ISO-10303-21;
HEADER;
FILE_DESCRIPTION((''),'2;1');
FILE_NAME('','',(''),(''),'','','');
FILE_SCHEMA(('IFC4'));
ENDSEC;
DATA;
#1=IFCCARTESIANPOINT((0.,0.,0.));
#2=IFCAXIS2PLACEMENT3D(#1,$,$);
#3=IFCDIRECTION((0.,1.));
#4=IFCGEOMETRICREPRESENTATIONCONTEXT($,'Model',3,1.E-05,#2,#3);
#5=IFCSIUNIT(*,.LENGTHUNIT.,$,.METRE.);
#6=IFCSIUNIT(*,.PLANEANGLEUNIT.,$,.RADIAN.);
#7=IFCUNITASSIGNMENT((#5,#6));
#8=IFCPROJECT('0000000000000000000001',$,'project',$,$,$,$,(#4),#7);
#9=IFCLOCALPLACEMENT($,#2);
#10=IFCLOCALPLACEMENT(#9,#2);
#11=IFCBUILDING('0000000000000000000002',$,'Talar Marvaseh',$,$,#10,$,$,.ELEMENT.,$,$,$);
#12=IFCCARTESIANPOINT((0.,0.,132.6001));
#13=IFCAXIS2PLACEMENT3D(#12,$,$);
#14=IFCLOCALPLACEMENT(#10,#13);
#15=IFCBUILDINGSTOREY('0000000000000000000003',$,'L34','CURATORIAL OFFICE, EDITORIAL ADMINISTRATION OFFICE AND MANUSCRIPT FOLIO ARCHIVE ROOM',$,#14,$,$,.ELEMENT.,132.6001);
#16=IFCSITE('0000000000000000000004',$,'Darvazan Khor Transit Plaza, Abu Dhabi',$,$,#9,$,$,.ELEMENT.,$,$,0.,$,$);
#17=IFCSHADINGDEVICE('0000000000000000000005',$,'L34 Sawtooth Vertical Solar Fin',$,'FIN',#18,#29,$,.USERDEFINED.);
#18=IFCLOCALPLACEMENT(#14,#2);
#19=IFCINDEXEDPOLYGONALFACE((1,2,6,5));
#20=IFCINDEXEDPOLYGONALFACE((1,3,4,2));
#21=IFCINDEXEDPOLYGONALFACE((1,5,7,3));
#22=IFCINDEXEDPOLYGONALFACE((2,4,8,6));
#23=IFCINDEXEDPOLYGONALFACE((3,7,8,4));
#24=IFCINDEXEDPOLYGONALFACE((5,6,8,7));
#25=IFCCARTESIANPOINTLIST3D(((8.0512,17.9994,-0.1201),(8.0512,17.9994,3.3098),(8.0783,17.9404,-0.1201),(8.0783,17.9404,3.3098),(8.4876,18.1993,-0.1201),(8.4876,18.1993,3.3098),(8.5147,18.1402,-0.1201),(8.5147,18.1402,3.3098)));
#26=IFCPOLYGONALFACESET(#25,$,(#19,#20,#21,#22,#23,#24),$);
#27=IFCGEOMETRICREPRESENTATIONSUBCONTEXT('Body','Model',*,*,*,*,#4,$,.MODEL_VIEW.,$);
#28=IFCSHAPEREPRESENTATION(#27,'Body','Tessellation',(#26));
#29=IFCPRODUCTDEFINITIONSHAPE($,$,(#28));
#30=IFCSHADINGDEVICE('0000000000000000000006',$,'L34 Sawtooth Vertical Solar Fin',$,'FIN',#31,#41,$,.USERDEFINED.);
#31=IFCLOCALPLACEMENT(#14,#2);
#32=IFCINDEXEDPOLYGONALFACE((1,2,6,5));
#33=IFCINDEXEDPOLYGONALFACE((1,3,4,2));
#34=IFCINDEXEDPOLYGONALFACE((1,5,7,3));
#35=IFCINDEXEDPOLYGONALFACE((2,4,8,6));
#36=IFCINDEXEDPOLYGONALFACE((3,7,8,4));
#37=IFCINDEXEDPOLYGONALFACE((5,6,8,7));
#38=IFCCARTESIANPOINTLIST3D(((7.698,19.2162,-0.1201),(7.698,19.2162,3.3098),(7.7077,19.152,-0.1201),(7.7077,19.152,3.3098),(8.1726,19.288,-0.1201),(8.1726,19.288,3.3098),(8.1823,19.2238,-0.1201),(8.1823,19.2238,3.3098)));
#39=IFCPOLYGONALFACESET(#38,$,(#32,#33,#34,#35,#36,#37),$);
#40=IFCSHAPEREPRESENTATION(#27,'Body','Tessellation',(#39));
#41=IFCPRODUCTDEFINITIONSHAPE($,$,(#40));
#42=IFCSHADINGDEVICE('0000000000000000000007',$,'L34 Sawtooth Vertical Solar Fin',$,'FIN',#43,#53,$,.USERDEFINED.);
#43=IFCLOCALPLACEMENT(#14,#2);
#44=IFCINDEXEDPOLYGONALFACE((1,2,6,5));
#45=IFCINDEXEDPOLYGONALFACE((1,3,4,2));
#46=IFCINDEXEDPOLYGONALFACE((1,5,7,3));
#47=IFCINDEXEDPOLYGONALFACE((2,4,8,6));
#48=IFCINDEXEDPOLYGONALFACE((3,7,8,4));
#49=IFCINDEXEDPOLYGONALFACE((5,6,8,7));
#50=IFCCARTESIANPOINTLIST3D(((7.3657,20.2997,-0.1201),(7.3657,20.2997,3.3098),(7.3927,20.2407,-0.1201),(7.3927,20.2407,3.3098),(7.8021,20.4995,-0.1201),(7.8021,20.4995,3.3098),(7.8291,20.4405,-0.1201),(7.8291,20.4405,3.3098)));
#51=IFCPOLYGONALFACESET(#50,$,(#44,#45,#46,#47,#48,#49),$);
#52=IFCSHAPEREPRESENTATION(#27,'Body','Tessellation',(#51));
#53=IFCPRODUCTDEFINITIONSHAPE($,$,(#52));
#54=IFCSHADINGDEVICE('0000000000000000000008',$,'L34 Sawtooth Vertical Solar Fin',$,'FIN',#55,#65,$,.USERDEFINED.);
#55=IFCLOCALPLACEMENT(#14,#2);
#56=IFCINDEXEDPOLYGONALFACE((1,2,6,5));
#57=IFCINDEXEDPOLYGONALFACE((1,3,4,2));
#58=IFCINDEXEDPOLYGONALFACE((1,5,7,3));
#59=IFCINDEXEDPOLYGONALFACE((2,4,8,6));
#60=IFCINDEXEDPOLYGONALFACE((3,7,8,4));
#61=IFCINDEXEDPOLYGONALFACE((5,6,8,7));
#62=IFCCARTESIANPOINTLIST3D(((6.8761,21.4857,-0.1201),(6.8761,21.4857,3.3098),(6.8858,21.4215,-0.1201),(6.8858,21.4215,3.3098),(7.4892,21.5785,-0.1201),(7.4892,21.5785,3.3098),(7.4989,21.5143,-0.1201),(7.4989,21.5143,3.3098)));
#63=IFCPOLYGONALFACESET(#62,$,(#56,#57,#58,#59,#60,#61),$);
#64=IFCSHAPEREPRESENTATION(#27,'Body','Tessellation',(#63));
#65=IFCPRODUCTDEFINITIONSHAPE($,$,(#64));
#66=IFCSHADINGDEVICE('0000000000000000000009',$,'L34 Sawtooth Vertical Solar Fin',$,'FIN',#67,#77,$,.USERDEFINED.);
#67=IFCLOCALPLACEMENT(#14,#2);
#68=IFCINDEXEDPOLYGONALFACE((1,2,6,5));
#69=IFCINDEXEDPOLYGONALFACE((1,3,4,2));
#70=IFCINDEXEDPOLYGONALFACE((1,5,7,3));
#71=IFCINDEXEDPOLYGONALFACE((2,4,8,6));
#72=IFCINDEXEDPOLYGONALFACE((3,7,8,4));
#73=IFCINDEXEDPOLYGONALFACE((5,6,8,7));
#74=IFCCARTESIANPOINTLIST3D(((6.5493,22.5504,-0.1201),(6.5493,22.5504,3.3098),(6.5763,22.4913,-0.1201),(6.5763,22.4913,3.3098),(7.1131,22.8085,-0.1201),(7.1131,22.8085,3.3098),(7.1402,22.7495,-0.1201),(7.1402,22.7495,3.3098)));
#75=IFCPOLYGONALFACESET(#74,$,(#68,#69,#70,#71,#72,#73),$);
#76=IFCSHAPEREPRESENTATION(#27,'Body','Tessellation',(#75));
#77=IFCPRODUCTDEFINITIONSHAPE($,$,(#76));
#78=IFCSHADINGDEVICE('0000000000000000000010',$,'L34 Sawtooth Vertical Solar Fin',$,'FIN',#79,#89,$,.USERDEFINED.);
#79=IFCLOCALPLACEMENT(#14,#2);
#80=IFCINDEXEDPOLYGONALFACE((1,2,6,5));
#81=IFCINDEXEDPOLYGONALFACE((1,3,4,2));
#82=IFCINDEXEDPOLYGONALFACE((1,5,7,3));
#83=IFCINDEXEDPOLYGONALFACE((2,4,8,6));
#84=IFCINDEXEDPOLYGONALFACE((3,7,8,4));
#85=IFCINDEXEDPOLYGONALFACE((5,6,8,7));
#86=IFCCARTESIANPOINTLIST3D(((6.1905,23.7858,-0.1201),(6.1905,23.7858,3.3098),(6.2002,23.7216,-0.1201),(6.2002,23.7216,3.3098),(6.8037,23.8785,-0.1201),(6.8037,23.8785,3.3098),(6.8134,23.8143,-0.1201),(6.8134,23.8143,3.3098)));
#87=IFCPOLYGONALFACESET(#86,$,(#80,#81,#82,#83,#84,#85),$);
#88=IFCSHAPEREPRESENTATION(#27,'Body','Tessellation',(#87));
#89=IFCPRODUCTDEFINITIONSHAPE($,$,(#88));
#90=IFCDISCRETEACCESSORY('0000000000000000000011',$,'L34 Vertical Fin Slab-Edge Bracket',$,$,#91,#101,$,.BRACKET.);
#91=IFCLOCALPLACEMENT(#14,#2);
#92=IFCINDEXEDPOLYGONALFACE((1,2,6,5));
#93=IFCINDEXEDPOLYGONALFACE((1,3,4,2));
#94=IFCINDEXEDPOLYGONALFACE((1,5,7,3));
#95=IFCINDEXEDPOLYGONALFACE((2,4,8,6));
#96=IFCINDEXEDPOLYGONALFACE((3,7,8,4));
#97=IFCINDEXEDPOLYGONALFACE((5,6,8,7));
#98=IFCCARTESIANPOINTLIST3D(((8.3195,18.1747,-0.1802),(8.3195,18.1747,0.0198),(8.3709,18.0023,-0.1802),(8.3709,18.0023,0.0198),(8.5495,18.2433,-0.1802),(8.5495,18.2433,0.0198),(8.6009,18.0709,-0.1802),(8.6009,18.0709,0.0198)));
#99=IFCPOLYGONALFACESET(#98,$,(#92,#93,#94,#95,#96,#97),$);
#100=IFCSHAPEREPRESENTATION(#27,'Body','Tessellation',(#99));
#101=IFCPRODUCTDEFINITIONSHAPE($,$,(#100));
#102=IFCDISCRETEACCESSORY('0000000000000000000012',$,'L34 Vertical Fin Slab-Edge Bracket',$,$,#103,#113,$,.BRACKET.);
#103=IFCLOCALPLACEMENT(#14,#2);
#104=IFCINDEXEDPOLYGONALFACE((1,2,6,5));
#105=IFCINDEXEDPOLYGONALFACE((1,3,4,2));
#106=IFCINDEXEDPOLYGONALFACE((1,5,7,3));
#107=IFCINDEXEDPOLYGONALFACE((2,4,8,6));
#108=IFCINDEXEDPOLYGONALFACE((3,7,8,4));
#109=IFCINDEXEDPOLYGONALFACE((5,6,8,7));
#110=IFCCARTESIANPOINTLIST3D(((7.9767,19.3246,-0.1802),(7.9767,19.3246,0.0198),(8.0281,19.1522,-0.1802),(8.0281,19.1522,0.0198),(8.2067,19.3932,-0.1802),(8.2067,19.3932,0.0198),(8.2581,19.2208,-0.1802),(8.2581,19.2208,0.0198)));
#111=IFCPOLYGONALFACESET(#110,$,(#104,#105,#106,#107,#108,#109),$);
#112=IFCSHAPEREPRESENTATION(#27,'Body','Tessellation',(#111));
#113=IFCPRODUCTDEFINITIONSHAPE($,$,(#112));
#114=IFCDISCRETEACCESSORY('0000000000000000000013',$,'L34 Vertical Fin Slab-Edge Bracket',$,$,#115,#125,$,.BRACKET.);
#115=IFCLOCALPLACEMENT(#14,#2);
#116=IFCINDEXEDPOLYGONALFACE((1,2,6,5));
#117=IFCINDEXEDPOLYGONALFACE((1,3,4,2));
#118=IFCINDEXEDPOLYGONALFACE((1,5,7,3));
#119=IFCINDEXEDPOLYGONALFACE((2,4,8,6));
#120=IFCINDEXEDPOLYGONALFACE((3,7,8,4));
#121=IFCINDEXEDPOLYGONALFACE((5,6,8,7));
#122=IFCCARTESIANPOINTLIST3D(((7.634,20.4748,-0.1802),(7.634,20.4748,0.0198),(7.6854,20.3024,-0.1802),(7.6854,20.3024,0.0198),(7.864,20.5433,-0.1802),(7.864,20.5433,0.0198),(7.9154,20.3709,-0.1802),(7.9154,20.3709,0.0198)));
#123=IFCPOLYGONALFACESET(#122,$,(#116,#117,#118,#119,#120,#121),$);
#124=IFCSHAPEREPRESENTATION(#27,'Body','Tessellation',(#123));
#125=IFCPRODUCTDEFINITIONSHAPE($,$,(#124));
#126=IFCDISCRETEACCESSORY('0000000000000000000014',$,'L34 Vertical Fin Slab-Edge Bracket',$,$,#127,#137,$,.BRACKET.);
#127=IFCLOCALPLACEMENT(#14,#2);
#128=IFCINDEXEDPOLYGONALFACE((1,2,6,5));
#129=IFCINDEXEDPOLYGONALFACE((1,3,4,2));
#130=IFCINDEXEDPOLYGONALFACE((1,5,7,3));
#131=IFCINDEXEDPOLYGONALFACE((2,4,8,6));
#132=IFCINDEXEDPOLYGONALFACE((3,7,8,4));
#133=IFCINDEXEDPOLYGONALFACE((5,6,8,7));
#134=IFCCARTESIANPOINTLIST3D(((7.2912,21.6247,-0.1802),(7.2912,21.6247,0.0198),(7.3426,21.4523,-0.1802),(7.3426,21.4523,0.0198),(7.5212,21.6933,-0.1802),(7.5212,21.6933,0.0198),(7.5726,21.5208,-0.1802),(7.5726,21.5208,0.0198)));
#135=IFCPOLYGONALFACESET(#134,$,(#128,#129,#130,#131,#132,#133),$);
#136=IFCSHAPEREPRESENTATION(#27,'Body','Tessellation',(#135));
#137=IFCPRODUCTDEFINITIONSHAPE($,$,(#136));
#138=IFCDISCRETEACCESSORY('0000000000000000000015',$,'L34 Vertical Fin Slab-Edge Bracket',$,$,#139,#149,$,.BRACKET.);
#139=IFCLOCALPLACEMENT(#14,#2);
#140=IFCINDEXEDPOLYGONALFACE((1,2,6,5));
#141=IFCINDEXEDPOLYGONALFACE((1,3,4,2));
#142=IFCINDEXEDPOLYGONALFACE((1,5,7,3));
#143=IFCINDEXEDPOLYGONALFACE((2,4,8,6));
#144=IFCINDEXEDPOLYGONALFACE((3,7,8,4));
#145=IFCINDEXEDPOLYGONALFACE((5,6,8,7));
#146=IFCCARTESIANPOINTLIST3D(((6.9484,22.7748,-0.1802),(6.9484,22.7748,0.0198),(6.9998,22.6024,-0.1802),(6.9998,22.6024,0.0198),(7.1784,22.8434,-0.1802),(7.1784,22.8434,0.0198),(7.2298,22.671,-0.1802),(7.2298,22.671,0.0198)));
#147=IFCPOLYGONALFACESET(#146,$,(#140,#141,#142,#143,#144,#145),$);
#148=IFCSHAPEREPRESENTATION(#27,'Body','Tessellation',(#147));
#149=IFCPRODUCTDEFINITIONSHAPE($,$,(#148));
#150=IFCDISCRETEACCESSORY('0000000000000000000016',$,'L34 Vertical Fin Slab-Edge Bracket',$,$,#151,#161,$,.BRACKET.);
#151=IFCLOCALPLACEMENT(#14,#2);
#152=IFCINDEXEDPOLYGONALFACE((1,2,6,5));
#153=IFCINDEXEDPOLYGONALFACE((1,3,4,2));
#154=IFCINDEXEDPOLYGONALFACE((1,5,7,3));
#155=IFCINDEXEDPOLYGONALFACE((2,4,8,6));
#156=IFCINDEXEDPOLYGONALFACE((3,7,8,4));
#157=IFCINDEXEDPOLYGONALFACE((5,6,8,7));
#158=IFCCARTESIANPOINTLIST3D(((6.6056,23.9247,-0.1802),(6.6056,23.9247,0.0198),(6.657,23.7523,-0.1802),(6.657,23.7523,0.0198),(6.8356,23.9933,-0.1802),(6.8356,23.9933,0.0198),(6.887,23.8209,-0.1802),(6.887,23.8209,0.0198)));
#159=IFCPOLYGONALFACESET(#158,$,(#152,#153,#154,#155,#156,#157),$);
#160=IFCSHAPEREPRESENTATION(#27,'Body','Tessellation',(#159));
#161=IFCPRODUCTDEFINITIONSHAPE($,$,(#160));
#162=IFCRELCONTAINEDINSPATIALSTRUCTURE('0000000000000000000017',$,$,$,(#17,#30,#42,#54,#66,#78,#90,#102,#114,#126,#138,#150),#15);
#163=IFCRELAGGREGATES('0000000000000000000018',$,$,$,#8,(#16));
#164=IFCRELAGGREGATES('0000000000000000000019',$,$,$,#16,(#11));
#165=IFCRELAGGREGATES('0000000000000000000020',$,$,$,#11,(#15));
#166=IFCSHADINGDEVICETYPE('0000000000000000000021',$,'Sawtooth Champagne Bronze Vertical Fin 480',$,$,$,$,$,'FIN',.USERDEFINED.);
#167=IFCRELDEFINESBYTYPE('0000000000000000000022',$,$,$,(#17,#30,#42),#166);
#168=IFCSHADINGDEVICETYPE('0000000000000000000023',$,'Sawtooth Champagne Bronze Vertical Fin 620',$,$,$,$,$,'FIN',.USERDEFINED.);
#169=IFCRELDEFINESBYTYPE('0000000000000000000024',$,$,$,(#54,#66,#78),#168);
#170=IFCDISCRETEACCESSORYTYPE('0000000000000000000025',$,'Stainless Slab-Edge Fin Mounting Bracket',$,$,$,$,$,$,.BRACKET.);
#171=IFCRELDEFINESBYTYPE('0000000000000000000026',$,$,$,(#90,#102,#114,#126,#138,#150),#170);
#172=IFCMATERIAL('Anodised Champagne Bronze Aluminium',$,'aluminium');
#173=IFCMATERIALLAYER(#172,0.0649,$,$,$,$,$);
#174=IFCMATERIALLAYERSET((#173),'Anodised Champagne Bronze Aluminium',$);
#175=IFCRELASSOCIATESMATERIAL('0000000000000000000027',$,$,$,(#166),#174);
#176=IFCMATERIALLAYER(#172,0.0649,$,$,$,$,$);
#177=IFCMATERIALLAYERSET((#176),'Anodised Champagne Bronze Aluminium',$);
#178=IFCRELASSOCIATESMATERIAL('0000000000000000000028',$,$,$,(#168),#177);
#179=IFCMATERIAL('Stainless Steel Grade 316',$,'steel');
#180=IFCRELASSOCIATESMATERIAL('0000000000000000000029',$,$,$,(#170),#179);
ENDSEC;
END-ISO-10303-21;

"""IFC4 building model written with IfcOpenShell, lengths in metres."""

from ifc_helpers import new_model, si_unit, direction, frame, origin, origin_2d, place, context, subcontext, project, spatial, rectangle, extrude, source, transform, mapped, material, layer, layer_set, type_object, type_shapes, element, save


model = new_model("IFC4")

# Units and contexts
model_context = context("Model", 3, precision=1e-05, world=origin(), true_north=direction((0.0, 1.0)))
body_context = subcontext(model_context, "Body", "Model", "MODEL_VIEW")
ifc_project = project(units=[si_unit("LENGTHUNIT", "METRE"), si_unit("PLANEANGLEUNIT", "RADIAN")], contexts=[model_context])

# Site, building, storey
site_placement = place(None, origin())
site = spatial("IfcSite", under=ifc_project, at=site_placement, Name="Darvazan Khor Transit Plaza, Abu Dhabi", CompositionType="ELEMENT", RefElevation=0.0)
building_placement = place(site_placement, origin())
building = spatial("IfcBuilding", under=site, at=building_placement, Name="Talar Marvaseh", CompositionType="ELEMENT")
storey_placement = place(building_placement, frame((0.0, 0.0, 132.6001)))
storey = spatial("IfcBuildingStorey", under=building, at=storey_placement, Name="L34", Description="CURATORIAL OFFICE, EDITORIAL ADMINISTRATION OFFICE AND MANUSCRIPT FOLIO ARCHIVE ROOM", CompositionType="ELEMENT", Elevation=132.6001)

# Shading devices
ifc_material_1 = material(Name="Anodised Champagne Bronze Aluminium", Category="aluminium")
ifc_layer_1 = layer(ifc_material_1, 0.0649)
ifc_layer_set_1 = layer_set([ifc_layer_1], Name="Anodised Champagne Bronze Aluminium")
shading_device_type_1 = type_object("IfcShadingDeviceType", Name="Sawtooth Champagne Bronze Vertical Fin 480", ElementType="FIN", PredefinedType="USERDEFINED", material=ifc_layer_set_1)
shared_shape_1 = source(origin(), body_context, "Body", "SweptSolid", [
    extrude(rectangle(XDim=0.48, YDim=0.0649, at=origin_2d()), origin(), (0.0, 0.0, 1.0), 3.4299),
])
type_shapes(shading_device_type_1, [shared_shape_1])
for number, where, z_axis, x_axis, name in (
    (1, (8.283, 18.0698, -0.1201), (0.0, 0.0, 1.0), (-0.909236, -0.416281, 0.0), "L34 Sawtooth Vertical Solar Fin"),
    (2, (7.9402, 19.22, -0.1201), (0.0, 0.0, 1.0), (-0.988756, -0.149535, 0.0), "L34 Sawtooth Vertical Solar Fin"),
    (3, (7.5974, 20.3701, -0.1201), (0.0, 0.0, 1.0), (-0.909236, -0.416281, 0.0), "L34 Sawtooth Vertical Solar Fin"),
):
    element("IfcShadingDevice", number, at=place(storey_placement, frame(where, z_axis=z_axis, x_axis=x_axis)), inside=storey, type_object=shading_device_type_1, Name=name, ObjectType="FIN", PredefinedType="USERDEFINED", context=body_context, shape_type="MappedRepresentation", body=[
        mapped(shared_shape_1, transform((0.0, 0.0, 0.0), x_axis=(1.0, 0.0, 0.0), y_axis=(0.0, 1.0, 0.0), z_axis=(0.0, 0.0, 1.0), scale=1.0)),
    ])
ifc_layer_2 = layer(ifc_material_1, 0.0649)
ifc_layer_set_2 = layer_set([ifc_layer_2], Name="Anodised Champagne Bronze Aluminium")
shading_device_type_2 = type_object("IfcShadingDeviceType", Name="Sawtooth Champagne Bronze Vertical Fin 620", ElementType="FIN", PredefinedType="USERDEFINED", material=ifc_layer_set_2)
shared_shape_2 = source(origin(), body_context, "Body", "SweptSolid", [
    extrude(rectangle(XDim=0.6201, YDim=0.0649, at=origin_2d()), origin(), (0.0, 0.0, 1.0), 3.4299),
])
type_shapes(shading_device_type_2, [shared_shape_2])
for number, where, z_axis, x_axis, name in (
    (4, (7.1875, 21.5, -0.1201), (0.0, 0.0, 1.0), (-0.988756, -0.149535, 0.0), "L34 Sawtooth Vertical Solar Fin"),
    (5, (6.8447, 22.6499, -0.1201), (0.0, 0.0, 1.0), (-0.909236, -0.416281, 0.0), "L34 Sawtooth Vertical Solar Fin"),
    (6, (6.502, 23.8, -0.1201), (0.0, 0.0, 1.0), (-0.988756, -0.149535, 0.0), "L34 Sawtooth Vertical Solar Fin"),
):
    element("IfcShadingDevice", number, at=place(storey_placement, frame(where, z_axis=z_axis, x_axis=x_axis)), inside=storey, type_object=shading_device_type_2, Name=name, ObjectType="FIN", PredefinedType="USERDEFINED", context=body_context, shape_type="MappedRepresentation", body=[
        mapped(shared_shape_2, transform((0.0, 0.0, 0.0), x_axis=(1.0, 0.0, 0.0), y_axis=(0.0, 1.0, 0.0), z_axis=(0.0, 0.0, 1.0), scale=1.0)),
    ])

# Discrete accessories
ifc_material_2 = material(Name="Stainless Steel Grade 316", Category="steel")
discrete_accessory_type = type_object("IfcDiscreteAccessoryType", Name="Stainless Slab-Edge Fin Mounting Bracket", PredefinedType="BRACKET", material=ifc_material_2)
shared_shape_3 = source(origin(), body_context, "Body", "SweptSolid", [
    extrude(rectangle(XDim=0.24, YDim=0.1799, at=origin_2d()), origin(), (0.0, 0.0, 1.0), 0.2),
])
type_shapes(discrete_accessory_type, [shared_shape_3])
for number, where, z_axis, x_axis, name in (
    (7, (8.4602, 18.1228, -0.1802), (0.0, 0.0, 1.0), (-0.958323, -0.285688, 0.0), "L34 Vertical Fin Slab-Edge Bracket"),
    (8, (8.1174, 19.2727, -0.1802), (0.0, 0.0, 1.0), (-0.958323, -0.285688, 0.0), "L34 Vertical Fin Slab-Edge Bracket"),
    (9, (7.7747, 20.4229, -0.1802), (0.0, 0.0, 1.0), (-0.958323, -0.285688, 0.0), "L34 Vertical Fin Slab-Edge Bracket"),
    (10, (7.4319, 21.5728, -0.1802), (0.0, 0.0, 1.0), (-0.958323, -0.285688, 0.0), "L34 Vertical Fin Slab-Edge Bracket"),
    (11, (7.0891, 22.7229, -0.1802), (0.0, 0.0, 1.0), (-0.958323, -0.285688, 0.0), "L34 Vertical Fin Slab-Edge Bracket"),
    (12, (6.7463, 23.8728, -0.1802), (0.0, 0.0, 1.0), (-0.958323, -0.285688, 0.0), "L34 Vertical Fin Slab-Edge Bracket"),
):
    element("IfcDiscreteAccessory", number, at=place(storey_placement, frame(where, z_axis=z_axis, x_axis=x_axis)), inside=storey, type_object=discrete_accessory_type, Name=name, PredefinedType="BRACKET", context=body_context, shape_type="MappedRepresentation", body=[
        mapped(shared_shape_3, transform((0.0, 0.0, 0.0), x_axis=(1.0, 0.0, 0.0), y_axis=(0.0, 1.0, 0.0), z_axis=(0.0, 0.0, 1.0), scale=1.0)),
    ])

save(model, "model.ifc")
